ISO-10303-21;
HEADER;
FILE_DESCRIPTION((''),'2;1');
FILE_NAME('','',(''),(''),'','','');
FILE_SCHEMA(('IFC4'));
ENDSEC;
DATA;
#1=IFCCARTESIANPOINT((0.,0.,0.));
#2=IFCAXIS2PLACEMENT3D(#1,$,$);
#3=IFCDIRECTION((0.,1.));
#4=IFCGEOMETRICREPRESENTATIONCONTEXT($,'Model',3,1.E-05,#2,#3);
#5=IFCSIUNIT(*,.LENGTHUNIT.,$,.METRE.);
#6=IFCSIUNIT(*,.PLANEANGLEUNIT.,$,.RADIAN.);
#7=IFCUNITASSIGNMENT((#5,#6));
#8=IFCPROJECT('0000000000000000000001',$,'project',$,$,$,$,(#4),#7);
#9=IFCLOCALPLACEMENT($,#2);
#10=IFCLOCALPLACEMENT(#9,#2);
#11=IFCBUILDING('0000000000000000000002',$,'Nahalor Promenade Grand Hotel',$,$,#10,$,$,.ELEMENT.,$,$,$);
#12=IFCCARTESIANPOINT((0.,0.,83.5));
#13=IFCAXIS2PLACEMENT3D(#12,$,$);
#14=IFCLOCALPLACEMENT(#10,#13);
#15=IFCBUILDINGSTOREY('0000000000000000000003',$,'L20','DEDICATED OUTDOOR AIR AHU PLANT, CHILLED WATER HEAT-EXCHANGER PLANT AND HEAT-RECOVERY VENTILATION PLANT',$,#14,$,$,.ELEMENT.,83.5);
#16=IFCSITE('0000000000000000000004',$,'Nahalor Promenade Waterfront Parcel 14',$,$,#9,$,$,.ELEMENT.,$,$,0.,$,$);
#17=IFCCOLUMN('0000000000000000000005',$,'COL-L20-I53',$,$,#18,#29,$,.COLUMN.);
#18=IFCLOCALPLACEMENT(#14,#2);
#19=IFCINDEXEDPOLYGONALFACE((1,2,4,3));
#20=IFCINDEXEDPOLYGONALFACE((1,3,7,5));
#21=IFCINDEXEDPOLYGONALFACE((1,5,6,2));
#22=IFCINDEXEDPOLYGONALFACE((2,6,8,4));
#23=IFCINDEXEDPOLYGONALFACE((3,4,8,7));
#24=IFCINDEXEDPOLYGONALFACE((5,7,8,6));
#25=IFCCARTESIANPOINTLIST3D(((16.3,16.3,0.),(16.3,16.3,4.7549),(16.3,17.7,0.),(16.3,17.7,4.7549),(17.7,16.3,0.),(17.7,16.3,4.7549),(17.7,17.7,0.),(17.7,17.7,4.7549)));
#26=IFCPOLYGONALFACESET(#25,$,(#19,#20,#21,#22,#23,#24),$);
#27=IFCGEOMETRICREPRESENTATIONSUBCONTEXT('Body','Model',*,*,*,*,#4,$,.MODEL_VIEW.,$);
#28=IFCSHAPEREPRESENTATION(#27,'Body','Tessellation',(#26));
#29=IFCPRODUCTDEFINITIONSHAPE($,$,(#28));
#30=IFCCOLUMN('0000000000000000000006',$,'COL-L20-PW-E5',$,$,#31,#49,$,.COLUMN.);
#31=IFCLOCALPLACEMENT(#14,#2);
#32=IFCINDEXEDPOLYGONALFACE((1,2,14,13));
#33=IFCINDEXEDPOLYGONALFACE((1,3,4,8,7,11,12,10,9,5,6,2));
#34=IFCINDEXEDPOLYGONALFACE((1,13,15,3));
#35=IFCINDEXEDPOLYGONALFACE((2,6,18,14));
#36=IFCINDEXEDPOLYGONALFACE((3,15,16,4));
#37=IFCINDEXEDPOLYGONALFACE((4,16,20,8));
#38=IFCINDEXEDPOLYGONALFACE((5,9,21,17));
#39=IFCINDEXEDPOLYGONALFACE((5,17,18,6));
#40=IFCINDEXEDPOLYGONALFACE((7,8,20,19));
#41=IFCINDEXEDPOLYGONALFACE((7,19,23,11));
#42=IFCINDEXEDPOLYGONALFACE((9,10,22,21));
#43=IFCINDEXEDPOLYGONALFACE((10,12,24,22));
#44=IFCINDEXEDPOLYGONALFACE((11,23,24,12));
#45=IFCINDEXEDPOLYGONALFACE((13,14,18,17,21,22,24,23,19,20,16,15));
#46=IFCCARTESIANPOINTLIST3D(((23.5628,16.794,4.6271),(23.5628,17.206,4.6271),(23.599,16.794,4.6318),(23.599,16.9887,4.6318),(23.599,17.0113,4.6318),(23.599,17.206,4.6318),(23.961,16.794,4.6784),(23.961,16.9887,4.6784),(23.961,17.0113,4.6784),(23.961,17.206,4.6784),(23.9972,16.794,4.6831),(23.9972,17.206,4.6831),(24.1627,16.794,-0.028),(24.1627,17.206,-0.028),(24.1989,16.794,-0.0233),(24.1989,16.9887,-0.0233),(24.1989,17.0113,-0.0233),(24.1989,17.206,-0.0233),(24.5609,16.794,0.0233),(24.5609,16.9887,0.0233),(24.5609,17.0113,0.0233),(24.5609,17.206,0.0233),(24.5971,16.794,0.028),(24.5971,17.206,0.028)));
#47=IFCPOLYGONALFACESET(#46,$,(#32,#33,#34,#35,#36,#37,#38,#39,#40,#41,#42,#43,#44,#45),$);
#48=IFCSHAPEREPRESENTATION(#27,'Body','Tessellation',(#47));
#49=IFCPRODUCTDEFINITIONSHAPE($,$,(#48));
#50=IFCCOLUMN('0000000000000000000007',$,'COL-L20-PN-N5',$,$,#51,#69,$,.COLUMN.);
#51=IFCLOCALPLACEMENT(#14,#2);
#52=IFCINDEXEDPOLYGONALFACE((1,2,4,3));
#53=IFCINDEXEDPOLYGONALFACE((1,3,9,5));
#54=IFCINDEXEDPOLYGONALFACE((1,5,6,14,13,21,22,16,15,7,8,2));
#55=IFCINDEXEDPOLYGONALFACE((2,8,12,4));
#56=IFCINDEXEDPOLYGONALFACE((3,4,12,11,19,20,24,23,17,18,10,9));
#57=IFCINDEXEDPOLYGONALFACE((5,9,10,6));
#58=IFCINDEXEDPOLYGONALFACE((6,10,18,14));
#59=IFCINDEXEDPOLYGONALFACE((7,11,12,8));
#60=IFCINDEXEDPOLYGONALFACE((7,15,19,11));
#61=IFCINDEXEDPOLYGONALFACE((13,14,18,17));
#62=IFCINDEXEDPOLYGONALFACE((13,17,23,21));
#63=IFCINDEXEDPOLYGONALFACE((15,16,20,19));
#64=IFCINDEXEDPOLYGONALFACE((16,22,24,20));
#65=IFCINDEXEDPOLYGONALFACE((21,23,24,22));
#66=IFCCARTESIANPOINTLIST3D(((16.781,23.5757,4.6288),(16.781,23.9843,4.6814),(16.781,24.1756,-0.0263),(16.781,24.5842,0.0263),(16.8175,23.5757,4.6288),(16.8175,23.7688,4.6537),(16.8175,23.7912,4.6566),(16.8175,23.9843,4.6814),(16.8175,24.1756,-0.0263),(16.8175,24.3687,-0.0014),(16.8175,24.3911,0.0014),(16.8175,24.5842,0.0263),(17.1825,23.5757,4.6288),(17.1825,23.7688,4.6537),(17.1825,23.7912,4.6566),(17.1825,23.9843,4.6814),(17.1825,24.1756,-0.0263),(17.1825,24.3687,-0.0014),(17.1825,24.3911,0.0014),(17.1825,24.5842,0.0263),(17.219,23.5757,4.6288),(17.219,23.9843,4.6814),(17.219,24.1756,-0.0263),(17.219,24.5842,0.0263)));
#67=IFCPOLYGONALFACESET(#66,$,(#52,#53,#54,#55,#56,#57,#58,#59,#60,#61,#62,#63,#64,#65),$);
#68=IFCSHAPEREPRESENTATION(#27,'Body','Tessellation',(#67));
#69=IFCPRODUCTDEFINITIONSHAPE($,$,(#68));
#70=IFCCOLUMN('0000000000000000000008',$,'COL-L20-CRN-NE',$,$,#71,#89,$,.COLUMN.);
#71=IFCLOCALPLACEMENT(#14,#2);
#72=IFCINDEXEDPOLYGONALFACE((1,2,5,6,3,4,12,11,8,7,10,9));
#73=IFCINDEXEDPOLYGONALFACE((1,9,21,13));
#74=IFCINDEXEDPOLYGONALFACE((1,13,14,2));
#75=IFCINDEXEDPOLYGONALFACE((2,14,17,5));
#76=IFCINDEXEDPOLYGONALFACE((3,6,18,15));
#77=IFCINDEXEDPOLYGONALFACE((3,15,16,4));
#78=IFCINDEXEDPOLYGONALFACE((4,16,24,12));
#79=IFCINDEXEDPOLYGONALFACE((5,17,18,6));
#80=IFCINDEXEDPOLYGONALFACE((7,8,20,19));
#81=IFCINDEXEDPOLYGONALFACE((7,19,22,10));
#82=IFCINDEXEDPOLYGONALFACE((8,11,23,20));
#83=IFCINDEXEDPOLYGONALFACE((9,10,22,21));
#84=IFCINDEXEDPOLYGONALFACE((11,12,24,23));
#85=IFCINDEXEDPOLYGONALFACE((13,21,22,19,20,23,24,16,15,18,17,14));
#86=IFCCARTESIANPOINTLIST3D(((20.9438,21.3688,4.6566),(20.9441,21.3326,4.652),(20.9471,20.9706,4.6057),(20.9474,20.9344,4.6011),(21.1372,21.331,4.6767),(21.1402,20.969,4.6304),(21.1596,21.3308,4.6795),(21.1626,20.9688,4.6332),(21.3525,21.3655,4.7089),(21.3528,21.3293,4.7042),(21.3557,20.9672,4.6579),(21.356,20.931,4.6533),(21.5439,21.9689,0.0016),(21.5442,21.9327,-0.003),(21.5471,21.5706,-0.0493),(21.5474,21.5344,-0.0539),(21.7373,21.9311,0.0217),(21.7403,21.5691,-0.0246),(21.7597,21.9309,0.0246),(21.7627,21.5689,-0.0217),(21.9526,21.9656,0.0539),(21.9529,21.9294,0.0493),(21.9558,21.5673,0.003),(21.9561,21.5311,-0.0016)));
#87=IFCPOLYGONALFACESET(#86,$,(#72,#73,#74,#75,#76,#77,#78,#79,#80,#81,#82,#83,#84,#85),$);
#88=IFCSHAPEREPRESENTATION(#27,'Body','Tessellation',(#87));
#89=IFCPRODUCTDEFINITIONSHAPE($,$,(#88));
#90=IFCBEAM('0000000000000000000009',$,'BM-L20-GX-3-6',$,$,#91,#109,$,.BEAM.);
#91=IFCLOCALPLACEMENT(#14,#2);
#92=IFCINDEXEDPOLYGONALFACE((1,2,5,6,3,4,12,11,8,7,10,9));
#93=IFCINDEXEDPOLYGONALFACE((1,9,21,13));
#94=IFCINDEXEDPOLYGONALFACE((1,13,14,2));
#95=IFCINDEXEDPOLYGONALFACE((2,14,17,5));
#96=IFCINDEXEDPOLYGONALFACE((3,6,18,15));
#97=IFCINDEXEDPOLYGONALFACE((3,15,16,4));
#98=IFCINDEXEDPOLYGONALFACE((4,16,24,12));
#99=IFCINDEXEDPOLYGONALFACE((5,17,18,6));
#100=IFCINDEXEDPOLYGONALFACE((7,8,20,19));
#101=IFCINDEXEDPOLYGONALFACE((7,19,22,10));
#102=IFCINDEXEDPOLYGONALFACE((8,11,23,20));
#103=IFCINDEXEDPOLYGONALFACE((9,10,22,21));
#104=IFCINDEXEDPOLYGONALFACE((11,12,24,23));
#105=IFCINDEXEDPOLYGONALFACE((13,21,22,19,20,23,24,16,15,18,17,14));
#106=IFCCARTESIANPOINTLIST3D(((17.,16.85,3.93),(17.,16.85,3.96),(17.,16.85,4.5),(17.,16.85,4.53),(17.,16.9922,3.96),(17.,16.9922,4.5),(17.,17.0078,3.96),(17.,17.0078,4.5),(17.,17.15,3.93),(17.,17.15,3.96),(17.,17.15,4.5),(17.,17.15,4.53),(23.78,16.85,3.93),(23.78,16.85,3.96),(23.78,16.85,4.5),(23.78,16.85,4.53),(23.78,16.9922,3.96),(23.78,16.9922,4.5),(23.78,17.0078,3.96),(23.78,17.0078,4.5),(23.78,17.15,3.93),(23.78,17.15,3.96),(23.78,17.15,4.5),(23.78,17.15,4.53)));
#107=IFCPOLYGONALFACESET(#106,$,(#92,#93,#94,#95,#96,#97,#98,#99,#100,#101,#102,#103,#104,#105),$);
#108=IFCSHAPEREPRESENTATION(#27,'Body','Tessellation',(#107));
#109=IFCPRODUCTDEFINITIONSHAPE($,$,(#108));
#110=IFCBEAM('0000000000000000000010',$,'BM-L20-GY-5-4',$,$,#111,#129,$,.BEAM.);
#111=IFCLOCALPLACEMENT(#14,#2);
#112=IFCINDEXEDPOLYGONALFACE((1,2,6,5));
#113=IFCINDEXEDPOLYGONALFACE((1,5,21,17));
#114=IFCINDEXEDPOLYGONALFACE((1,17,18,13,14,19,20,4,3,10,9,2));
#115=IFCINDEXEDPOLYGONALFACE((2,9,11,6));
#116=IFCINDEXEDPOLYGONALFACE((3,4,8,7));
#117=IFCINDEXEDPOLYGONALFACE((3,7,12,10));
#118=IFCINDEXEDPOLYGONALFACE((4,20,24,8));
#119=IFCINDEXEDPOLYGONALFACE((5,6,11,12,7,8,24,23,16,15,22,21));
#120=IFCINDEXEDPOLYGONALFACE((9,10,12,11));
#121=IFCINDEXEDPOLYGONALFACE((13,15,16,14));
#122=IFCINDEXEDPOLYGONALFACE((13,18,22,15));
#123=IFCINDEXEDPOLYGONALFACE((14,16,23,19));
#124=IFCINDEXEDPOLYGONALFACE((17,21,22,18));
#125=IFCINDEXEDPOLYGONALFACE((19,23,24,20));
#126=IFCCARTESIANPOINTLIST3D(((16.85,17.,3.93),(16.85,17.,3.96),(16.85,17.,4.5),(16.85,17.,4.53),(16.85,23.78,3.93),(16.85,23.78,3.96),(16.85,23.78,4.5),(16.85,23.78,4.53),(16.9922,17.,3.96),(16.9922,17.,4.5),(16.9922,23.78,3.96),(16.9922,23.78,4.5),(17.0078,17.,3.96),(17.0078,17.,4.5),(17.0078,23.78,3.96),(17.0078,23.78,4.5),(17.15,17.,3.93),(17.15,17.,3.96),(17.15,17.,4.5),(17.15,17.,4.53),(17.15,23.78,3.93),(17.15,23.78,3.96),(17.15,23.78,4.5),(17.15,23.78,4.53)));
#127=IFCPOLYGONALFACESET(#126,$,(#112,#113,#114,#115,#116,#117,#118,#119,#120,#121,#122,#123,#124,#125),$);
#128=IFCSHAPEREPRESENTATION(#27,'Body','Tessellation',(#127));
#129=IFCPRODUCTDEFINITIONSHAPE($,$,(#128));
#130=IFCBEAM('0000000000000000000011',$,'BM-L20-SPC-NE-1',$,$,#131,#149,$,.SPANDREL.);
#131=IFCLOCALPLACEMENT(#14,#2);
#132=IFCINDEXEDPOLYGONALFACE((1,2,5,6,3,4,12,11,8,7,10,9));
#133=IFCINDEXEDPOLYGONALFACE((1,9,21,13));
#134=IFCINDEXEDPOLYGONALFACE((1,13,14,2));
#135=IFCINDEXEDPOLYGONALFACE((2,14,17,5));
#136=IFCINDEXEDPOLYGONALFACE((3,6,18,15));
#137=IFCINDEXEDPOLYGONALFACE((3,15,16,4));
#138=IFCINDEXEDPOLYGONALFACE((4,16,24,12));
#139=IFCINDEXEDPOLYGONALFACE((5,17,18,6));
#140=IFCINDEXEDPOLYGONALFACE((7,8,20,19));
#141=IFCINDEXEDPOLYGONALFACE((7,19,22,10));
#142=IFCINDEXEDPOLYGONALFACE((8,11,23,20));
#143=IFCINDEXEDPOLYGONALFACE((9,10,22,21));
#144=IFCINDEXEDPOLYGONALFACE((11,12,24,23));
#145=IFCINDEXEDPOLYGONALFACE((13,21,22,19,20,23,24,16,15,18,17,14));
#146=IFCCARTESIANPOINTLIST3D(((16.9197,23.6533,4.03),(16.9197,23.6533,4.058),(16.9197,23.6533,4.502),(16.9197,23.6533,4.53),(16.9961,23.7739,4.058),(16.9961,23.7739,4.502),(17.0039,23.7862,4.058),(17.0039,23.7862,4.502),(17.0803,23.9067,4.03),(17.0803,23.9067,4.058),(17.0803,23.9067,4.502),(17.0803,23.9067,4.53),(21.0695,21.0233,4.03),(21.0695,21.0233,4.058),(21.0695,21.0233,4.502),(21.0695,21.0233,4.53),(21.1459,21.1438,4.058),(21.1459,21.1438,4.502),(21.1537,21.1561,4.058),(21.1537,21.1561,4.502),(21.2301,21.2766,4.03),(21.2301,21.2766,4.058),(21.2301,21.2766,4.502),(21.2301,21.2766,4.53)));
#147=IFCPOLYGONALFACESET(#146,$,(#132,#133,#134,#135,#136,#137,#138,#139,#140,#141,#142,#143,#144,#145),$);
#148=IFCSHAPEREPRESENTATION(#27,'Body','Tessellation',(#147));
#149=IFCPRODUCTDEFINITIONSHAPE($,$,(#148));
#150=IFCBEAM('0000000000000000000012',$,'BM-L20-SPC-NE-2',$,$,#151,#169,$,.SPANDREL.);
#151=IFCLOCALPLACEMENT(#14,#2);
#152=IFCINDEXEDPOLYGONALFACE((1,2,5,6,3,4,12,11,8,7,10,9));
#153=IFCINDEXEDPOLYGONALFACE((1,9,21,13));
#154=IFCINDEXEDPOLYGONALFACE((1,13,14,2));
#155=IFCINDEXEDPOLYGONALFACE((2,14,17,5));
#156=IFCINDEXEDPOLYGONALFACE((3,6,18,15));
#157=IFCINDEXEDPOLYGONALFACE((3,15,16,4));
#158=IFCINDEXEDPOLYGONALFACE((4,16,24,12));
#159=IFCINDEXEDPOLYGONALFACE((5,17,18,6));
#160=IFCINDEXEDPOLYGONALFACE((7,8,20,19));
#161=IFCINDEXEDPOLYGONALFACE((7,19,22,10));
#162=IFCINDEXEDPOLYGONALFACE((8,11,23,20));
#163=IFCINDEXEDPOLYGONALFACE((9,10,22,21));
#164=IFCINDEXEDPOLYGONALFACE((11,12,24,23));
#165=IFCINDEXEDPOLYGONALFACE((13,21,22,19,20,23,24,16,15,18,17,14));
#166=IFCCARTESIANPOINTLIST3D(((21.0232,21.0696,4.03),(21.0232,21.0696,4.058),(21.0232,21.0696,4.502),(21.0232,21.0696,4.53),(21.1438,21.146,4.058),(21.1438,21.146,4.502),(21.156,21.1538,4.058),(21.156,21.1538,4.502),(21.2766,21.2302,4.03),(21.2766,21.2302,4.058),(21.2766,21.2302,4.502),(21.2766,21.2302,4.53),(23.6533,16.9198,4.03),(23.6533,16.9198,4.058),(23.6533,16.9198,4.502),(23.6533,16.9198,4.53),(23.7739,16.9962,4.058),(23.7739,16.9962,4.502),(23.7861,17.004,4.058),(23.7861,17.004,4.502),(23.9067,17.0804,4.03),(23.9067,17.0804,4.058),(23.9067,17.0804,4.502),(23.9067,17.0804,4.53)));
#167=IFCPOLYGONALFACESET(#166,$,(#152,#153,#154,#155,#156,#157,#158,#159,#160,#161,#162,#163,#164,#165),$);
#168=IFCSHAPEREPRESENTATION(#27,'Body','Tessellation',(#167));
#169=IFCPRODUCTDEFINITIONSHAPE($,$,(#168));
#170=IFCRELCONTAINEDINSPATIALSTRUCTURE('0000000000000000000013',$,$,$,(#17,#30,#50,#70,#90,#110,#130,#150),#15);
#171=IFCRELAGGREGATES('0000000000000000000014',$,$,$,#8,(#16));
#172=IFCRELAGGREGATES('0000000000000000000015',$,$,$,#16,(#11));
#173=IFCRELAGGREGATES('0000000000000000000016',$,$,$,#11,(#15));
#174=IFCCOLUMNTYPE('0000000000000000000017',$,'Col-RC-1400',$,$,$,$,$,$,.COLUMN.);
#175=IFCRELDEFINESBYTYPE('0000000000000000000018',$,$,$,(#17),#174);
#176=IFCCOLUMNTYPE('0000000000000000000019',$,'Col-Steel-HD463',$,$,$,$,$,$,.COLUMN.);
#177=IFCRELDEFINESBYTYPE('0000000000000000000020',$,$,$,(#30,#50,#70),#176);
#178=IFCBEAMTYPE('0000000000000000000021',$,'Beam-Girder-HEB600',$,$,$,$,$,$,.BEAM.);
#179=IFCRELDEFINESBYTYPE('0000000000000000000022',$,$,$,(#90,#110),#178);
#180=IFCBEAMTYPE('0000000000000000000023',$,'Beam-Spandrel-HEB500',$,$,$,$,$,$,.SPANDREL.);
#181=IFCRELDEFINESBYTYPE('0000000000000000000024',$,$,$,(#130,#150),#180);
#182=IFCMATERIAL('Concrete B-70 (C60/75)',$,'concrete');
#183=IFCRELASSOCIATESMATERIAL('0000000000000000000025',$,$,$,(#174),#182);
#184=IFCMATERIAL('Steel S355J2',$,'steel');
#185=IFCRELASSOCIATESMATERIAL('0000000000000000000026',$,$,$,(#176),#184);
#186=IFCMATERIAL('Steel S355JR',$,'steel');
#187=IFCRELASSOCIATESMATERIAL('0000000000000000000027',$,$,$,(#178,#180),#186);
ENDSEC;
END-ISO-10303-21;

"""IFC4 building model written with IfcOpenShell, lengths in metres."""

from ifc_helpers import new_model, si_unit, direction, frame, origin, origin_2d, place, context, subcontext, project, spatial, rectangle, i_section, extrude, source, transform, mapped, material, material_profile, profile_set, type_object, element, save


model = new_model("IFC4")

# Units and contexts
model_context = context("Model", 3, precision=1e-05, world=origin(), true_north=direction((0.0, 1.0)))
body_context = subcontext(model_context, "Body", "Model", "MODEL_VIEW")
ifc_project = project(units=[si_unit("LENGTHUNIT", "METRE"), si_unit("PLANEANGLEUNIT", "RADIAN")], contexts=[model_context])

# Site, building, storey
site_placement = place(None, origin())
site = spatial("IfcSite", under=ifc_project, at=site_placement, Name="Nahalor Promenade Waterfront Parcel 14", CompositionType="ELEMENT", RefElevation=0.0)
building_placement = place(site_placement, origin())
building = spatial("IfcBuilding", under=site, at=building_placement, Name="Nahalor Promenade Grand Hotel", CompositionType="ELEMENT")
storey_placement = place(building_placement, frame((0.0, 0.0, 83.5)))
storey = spatial("IfcBuildingStorey", under=building, at=storey_placement, Name="L20", Description="DEDICATED OUTDOOR AIR AHU PLANT, CHILLED WATER HEAT-EXCHANGER PLANT AND HEAT-RECOVERY VENTILATION PLANT", CompositionType="ELEMENT", Elevation=83.5)

# Columns
ifc_material_1 = material(Name="Concrete B-70 (C60/75)", Category="concrete")
ifc_material_profile_1 = material_profile(ifc_material_1, rectangle(XDim=1.4, YDim=1.4, at=origin_2d()), Name="RC 1400x1400")
ifc_profile_set_1 = profile_set([ifc_material_profile_1], Name="Concrete B-70 (C60/75)")
column_type_1 = type_object("IfcColumnType", Name="Col-RC-1400", PredefinedType="COLUMN", material=ifc_profile_set_1)
shared_shape_1 = source(origin(), body_context, "Body", "SweptSolid", [
    extrude(rectangle(XDim=1.4, YDim=1.4, at=origin_2d()), origin(), (0.0, 0.0, 1.0), 4.7549),
])
column_1_placement = place(storey_placement, frame((17.0, 17.0, 0.0), z_axis=(0.0, 0.0, 1.0), x_axis=(1.0, 0.0, 0.0)))
element("IfcColumn", 1, at=column_1_placement, inside=storey, type_object=column_type_1, Name="COL-L20-I53", PredefinedType="COLUMN", context=body_context, shape_type="MappedRepresentation", body=[
    mapped(shared_shape_1, transform((0.0, 0.0, 0.0), scale=1.0)),
])
ifc_material_2 = material(Name="Steel S355J2", Category="steel")
ifc_material_profile_2 = material_profile(ifc_material_2, i_section(OverallWidth=0.412, OverallDepth=0.438, WebThickness=0.0226, FlangeThickness=0.0365, at=origin_2d()), Name="HD 400x463")
ifc_profile_set_2 = profile_set([ifc_material_profile_2], Name="Steel S355J2")
column_type_2 = type_object("IfcColumnType", Name="Col-Steel-HD463", PredefinedType="COLUMN", material=ifc_profile_set_2)
shared_shape_2 = source(origin(), body_context, "Body", "SweptSolid", [
    extrude(i_section(OverallWidth=0.412, OverallDepth=0.438, WebThickness=0.0226, FlangeThickness=0.0365, at=origin_2d()), origin(), (0.0, 0.0, 1.0), 4.6936),
])
for number, where, z_axis, x_axis, name in (
    (2, (24.3799, 17.0, 0.0), (-0.127805, 0.0, 0.991799), (0.0, -1.0, 0.0), "COL-L20-PW-E5"),
    (3, (17.0, 24.3799, 0.0), (0.0, -0.127805, 0.991799), (0.0, 0.991799, 0.127805), "COL-L20-PN-N5"),
):
    element("IfcColumn", number, at=place(storey_placement, frame(where, z_axis=z_axis, x_axis=x_axis)), inside=storey, type_object=column_type_2, Name=name, PredefinedType="COLUMN", context=body_context, shape_type="MappedRepresentation", body=[
        mapped(shared_shape_2, transform((0.0, 0.0, 0.0), scale=1.0)),
    ])
shared_shape_3 = source(origin(), body_context, "Body", "SweptSolid", [
    extrude(i_section(OverallWidth=0.412, OverallDepth=0.438, WebThickness=0.0226, FlangeThickness=0.0365, at=origin_2d()), origin(), (0.0, 0.0, 1.0), 4.7317),
])
column_2_placement = place(storey_placement, frame((21.75, 21.75, 0.0), z_axis=(-0.126823, -0.126823, 0.983784), x_axis=(0.991892, -0.008108, 0.126823)))
element("IfcColumn", 4, at=column_2_placement, inside=storey, type_object=column_type_2, Name="COL-L20-CRN-NE", PredefinedType="COLUMN", context=body_context, shape_type="MappedRepresentation", body=[
    mapped(shared_shape_3, transform((0.0, 0.0, 0.0), scale=1.0)),
])

# Beams
ifc_material_3 = material(Name="Steel S355JR", Category="steel")
ifc_material_profile_3 = material_profile(ifc_material_3, i_section(OverallWidth=0.3, OverallDepth=0.6, WebThickness=0.0155, FlangeThickness=0.03, at=origin_2d()), Name="HEB 600")
ifc_profile_set_3 = profile_set([ifc_material_profile_3], Name="Steel S355JR")
beam_type_1 = type_object("IfcBeamType", Name="Beam-Girder-HEB600", PredefinedType="BEAM", material=ifc_profile_set_3)
shared_shape_4 = source(origin(), body_context, "Body", "SweptSolid", [
    extrude(i_section(OverallWidth=0.3, OverallDepth=0.6, WebThickness=0.0155, FlangeThickness=0.03, at=origin_2d()), origin(), (0.0, 0.0, 1.0), 6.78),
])
for number, where, z_axis, x_axis, name in (
    (5, (17.0, 17.0, 4.23), (1.0, 0.0, 0.0), (0.0, 1.0, 0.0), "BM-L20-GX-3-6"),
    (6, (17.0, 17.0, 4.23), (0.0, 1.0, 0.0), (-1.0, 0.0, 0.0), "BM-L20-GY-5-4"),
):
    element("IfcBeam", number, at=place(storey_placement, frame(where, z_axis=z_axis, x_axis=x_axis)), inside=storey, type_object=beam_type_1, Name=name, PredefinedType="BEAM", context=body_context, shape_type="MappedRepresentation", body=[
        mapped(shared_shape_4, transform((0.0, 0.0, 0.0), scale=1.0)),
    ])
ifc_material_profile_4 = material_profile(ifc_material_3, i_section(OverallWidth=0.3, OverallDepth=0.5, WebThickness=0.0145, FlangeThickness=0.028, at=origin_2d()), Name="HEB 500")
ifc_profile_set_4 = profile_set([ifc_material_profile_4], Name="Steel S355JR")
beam_type_2 = type_object("IfcBeamType", Name="Beam-Spandrel-HEB500", PredefinedType="SPANDREL", material=ifc_profile_set_4)
shared_shape_5 = source(origin(), body_context, "Body", "SweptSolid", [
    extrude(i_section(OverallWidth=0.3, OverallDepth=0.5, WebThickness=0.0145, FlangeThickness=0.028, at=origin_2d()), origin(), (0.0, 0.0, 1.0), 4.9131),
])
for number, where, z_axis, x_axis, name in (
    (7, (17.0, 23.78, 4.28), (0.844648, -0.535322, 0.0), (0.535322, 0.844648, 0.0), "BM-L20-SPC-NE-1"),
    (8, (21.1499, 21.1499, 4.28), (0.535322, -0.844648, 0.0), (0.844648, 0.535322, 0.0), "BM-L20-SPC-NE-2"),
):
    element("IfcBeam", number, at=place(storey_placement, frame(where, z_axis=z_axis, x_axis=x_axis)), inside=storey, type_object=beam_type_2, Name=name, PredefinedType="SPANDREL", context=body_context, shape_type="MappedRepresentation", body=[
        mapped(shared_shape_5, transform((0.0, 0.0, 0.0), scale=1.0)),
    ])

save(model, "model.ifc")
